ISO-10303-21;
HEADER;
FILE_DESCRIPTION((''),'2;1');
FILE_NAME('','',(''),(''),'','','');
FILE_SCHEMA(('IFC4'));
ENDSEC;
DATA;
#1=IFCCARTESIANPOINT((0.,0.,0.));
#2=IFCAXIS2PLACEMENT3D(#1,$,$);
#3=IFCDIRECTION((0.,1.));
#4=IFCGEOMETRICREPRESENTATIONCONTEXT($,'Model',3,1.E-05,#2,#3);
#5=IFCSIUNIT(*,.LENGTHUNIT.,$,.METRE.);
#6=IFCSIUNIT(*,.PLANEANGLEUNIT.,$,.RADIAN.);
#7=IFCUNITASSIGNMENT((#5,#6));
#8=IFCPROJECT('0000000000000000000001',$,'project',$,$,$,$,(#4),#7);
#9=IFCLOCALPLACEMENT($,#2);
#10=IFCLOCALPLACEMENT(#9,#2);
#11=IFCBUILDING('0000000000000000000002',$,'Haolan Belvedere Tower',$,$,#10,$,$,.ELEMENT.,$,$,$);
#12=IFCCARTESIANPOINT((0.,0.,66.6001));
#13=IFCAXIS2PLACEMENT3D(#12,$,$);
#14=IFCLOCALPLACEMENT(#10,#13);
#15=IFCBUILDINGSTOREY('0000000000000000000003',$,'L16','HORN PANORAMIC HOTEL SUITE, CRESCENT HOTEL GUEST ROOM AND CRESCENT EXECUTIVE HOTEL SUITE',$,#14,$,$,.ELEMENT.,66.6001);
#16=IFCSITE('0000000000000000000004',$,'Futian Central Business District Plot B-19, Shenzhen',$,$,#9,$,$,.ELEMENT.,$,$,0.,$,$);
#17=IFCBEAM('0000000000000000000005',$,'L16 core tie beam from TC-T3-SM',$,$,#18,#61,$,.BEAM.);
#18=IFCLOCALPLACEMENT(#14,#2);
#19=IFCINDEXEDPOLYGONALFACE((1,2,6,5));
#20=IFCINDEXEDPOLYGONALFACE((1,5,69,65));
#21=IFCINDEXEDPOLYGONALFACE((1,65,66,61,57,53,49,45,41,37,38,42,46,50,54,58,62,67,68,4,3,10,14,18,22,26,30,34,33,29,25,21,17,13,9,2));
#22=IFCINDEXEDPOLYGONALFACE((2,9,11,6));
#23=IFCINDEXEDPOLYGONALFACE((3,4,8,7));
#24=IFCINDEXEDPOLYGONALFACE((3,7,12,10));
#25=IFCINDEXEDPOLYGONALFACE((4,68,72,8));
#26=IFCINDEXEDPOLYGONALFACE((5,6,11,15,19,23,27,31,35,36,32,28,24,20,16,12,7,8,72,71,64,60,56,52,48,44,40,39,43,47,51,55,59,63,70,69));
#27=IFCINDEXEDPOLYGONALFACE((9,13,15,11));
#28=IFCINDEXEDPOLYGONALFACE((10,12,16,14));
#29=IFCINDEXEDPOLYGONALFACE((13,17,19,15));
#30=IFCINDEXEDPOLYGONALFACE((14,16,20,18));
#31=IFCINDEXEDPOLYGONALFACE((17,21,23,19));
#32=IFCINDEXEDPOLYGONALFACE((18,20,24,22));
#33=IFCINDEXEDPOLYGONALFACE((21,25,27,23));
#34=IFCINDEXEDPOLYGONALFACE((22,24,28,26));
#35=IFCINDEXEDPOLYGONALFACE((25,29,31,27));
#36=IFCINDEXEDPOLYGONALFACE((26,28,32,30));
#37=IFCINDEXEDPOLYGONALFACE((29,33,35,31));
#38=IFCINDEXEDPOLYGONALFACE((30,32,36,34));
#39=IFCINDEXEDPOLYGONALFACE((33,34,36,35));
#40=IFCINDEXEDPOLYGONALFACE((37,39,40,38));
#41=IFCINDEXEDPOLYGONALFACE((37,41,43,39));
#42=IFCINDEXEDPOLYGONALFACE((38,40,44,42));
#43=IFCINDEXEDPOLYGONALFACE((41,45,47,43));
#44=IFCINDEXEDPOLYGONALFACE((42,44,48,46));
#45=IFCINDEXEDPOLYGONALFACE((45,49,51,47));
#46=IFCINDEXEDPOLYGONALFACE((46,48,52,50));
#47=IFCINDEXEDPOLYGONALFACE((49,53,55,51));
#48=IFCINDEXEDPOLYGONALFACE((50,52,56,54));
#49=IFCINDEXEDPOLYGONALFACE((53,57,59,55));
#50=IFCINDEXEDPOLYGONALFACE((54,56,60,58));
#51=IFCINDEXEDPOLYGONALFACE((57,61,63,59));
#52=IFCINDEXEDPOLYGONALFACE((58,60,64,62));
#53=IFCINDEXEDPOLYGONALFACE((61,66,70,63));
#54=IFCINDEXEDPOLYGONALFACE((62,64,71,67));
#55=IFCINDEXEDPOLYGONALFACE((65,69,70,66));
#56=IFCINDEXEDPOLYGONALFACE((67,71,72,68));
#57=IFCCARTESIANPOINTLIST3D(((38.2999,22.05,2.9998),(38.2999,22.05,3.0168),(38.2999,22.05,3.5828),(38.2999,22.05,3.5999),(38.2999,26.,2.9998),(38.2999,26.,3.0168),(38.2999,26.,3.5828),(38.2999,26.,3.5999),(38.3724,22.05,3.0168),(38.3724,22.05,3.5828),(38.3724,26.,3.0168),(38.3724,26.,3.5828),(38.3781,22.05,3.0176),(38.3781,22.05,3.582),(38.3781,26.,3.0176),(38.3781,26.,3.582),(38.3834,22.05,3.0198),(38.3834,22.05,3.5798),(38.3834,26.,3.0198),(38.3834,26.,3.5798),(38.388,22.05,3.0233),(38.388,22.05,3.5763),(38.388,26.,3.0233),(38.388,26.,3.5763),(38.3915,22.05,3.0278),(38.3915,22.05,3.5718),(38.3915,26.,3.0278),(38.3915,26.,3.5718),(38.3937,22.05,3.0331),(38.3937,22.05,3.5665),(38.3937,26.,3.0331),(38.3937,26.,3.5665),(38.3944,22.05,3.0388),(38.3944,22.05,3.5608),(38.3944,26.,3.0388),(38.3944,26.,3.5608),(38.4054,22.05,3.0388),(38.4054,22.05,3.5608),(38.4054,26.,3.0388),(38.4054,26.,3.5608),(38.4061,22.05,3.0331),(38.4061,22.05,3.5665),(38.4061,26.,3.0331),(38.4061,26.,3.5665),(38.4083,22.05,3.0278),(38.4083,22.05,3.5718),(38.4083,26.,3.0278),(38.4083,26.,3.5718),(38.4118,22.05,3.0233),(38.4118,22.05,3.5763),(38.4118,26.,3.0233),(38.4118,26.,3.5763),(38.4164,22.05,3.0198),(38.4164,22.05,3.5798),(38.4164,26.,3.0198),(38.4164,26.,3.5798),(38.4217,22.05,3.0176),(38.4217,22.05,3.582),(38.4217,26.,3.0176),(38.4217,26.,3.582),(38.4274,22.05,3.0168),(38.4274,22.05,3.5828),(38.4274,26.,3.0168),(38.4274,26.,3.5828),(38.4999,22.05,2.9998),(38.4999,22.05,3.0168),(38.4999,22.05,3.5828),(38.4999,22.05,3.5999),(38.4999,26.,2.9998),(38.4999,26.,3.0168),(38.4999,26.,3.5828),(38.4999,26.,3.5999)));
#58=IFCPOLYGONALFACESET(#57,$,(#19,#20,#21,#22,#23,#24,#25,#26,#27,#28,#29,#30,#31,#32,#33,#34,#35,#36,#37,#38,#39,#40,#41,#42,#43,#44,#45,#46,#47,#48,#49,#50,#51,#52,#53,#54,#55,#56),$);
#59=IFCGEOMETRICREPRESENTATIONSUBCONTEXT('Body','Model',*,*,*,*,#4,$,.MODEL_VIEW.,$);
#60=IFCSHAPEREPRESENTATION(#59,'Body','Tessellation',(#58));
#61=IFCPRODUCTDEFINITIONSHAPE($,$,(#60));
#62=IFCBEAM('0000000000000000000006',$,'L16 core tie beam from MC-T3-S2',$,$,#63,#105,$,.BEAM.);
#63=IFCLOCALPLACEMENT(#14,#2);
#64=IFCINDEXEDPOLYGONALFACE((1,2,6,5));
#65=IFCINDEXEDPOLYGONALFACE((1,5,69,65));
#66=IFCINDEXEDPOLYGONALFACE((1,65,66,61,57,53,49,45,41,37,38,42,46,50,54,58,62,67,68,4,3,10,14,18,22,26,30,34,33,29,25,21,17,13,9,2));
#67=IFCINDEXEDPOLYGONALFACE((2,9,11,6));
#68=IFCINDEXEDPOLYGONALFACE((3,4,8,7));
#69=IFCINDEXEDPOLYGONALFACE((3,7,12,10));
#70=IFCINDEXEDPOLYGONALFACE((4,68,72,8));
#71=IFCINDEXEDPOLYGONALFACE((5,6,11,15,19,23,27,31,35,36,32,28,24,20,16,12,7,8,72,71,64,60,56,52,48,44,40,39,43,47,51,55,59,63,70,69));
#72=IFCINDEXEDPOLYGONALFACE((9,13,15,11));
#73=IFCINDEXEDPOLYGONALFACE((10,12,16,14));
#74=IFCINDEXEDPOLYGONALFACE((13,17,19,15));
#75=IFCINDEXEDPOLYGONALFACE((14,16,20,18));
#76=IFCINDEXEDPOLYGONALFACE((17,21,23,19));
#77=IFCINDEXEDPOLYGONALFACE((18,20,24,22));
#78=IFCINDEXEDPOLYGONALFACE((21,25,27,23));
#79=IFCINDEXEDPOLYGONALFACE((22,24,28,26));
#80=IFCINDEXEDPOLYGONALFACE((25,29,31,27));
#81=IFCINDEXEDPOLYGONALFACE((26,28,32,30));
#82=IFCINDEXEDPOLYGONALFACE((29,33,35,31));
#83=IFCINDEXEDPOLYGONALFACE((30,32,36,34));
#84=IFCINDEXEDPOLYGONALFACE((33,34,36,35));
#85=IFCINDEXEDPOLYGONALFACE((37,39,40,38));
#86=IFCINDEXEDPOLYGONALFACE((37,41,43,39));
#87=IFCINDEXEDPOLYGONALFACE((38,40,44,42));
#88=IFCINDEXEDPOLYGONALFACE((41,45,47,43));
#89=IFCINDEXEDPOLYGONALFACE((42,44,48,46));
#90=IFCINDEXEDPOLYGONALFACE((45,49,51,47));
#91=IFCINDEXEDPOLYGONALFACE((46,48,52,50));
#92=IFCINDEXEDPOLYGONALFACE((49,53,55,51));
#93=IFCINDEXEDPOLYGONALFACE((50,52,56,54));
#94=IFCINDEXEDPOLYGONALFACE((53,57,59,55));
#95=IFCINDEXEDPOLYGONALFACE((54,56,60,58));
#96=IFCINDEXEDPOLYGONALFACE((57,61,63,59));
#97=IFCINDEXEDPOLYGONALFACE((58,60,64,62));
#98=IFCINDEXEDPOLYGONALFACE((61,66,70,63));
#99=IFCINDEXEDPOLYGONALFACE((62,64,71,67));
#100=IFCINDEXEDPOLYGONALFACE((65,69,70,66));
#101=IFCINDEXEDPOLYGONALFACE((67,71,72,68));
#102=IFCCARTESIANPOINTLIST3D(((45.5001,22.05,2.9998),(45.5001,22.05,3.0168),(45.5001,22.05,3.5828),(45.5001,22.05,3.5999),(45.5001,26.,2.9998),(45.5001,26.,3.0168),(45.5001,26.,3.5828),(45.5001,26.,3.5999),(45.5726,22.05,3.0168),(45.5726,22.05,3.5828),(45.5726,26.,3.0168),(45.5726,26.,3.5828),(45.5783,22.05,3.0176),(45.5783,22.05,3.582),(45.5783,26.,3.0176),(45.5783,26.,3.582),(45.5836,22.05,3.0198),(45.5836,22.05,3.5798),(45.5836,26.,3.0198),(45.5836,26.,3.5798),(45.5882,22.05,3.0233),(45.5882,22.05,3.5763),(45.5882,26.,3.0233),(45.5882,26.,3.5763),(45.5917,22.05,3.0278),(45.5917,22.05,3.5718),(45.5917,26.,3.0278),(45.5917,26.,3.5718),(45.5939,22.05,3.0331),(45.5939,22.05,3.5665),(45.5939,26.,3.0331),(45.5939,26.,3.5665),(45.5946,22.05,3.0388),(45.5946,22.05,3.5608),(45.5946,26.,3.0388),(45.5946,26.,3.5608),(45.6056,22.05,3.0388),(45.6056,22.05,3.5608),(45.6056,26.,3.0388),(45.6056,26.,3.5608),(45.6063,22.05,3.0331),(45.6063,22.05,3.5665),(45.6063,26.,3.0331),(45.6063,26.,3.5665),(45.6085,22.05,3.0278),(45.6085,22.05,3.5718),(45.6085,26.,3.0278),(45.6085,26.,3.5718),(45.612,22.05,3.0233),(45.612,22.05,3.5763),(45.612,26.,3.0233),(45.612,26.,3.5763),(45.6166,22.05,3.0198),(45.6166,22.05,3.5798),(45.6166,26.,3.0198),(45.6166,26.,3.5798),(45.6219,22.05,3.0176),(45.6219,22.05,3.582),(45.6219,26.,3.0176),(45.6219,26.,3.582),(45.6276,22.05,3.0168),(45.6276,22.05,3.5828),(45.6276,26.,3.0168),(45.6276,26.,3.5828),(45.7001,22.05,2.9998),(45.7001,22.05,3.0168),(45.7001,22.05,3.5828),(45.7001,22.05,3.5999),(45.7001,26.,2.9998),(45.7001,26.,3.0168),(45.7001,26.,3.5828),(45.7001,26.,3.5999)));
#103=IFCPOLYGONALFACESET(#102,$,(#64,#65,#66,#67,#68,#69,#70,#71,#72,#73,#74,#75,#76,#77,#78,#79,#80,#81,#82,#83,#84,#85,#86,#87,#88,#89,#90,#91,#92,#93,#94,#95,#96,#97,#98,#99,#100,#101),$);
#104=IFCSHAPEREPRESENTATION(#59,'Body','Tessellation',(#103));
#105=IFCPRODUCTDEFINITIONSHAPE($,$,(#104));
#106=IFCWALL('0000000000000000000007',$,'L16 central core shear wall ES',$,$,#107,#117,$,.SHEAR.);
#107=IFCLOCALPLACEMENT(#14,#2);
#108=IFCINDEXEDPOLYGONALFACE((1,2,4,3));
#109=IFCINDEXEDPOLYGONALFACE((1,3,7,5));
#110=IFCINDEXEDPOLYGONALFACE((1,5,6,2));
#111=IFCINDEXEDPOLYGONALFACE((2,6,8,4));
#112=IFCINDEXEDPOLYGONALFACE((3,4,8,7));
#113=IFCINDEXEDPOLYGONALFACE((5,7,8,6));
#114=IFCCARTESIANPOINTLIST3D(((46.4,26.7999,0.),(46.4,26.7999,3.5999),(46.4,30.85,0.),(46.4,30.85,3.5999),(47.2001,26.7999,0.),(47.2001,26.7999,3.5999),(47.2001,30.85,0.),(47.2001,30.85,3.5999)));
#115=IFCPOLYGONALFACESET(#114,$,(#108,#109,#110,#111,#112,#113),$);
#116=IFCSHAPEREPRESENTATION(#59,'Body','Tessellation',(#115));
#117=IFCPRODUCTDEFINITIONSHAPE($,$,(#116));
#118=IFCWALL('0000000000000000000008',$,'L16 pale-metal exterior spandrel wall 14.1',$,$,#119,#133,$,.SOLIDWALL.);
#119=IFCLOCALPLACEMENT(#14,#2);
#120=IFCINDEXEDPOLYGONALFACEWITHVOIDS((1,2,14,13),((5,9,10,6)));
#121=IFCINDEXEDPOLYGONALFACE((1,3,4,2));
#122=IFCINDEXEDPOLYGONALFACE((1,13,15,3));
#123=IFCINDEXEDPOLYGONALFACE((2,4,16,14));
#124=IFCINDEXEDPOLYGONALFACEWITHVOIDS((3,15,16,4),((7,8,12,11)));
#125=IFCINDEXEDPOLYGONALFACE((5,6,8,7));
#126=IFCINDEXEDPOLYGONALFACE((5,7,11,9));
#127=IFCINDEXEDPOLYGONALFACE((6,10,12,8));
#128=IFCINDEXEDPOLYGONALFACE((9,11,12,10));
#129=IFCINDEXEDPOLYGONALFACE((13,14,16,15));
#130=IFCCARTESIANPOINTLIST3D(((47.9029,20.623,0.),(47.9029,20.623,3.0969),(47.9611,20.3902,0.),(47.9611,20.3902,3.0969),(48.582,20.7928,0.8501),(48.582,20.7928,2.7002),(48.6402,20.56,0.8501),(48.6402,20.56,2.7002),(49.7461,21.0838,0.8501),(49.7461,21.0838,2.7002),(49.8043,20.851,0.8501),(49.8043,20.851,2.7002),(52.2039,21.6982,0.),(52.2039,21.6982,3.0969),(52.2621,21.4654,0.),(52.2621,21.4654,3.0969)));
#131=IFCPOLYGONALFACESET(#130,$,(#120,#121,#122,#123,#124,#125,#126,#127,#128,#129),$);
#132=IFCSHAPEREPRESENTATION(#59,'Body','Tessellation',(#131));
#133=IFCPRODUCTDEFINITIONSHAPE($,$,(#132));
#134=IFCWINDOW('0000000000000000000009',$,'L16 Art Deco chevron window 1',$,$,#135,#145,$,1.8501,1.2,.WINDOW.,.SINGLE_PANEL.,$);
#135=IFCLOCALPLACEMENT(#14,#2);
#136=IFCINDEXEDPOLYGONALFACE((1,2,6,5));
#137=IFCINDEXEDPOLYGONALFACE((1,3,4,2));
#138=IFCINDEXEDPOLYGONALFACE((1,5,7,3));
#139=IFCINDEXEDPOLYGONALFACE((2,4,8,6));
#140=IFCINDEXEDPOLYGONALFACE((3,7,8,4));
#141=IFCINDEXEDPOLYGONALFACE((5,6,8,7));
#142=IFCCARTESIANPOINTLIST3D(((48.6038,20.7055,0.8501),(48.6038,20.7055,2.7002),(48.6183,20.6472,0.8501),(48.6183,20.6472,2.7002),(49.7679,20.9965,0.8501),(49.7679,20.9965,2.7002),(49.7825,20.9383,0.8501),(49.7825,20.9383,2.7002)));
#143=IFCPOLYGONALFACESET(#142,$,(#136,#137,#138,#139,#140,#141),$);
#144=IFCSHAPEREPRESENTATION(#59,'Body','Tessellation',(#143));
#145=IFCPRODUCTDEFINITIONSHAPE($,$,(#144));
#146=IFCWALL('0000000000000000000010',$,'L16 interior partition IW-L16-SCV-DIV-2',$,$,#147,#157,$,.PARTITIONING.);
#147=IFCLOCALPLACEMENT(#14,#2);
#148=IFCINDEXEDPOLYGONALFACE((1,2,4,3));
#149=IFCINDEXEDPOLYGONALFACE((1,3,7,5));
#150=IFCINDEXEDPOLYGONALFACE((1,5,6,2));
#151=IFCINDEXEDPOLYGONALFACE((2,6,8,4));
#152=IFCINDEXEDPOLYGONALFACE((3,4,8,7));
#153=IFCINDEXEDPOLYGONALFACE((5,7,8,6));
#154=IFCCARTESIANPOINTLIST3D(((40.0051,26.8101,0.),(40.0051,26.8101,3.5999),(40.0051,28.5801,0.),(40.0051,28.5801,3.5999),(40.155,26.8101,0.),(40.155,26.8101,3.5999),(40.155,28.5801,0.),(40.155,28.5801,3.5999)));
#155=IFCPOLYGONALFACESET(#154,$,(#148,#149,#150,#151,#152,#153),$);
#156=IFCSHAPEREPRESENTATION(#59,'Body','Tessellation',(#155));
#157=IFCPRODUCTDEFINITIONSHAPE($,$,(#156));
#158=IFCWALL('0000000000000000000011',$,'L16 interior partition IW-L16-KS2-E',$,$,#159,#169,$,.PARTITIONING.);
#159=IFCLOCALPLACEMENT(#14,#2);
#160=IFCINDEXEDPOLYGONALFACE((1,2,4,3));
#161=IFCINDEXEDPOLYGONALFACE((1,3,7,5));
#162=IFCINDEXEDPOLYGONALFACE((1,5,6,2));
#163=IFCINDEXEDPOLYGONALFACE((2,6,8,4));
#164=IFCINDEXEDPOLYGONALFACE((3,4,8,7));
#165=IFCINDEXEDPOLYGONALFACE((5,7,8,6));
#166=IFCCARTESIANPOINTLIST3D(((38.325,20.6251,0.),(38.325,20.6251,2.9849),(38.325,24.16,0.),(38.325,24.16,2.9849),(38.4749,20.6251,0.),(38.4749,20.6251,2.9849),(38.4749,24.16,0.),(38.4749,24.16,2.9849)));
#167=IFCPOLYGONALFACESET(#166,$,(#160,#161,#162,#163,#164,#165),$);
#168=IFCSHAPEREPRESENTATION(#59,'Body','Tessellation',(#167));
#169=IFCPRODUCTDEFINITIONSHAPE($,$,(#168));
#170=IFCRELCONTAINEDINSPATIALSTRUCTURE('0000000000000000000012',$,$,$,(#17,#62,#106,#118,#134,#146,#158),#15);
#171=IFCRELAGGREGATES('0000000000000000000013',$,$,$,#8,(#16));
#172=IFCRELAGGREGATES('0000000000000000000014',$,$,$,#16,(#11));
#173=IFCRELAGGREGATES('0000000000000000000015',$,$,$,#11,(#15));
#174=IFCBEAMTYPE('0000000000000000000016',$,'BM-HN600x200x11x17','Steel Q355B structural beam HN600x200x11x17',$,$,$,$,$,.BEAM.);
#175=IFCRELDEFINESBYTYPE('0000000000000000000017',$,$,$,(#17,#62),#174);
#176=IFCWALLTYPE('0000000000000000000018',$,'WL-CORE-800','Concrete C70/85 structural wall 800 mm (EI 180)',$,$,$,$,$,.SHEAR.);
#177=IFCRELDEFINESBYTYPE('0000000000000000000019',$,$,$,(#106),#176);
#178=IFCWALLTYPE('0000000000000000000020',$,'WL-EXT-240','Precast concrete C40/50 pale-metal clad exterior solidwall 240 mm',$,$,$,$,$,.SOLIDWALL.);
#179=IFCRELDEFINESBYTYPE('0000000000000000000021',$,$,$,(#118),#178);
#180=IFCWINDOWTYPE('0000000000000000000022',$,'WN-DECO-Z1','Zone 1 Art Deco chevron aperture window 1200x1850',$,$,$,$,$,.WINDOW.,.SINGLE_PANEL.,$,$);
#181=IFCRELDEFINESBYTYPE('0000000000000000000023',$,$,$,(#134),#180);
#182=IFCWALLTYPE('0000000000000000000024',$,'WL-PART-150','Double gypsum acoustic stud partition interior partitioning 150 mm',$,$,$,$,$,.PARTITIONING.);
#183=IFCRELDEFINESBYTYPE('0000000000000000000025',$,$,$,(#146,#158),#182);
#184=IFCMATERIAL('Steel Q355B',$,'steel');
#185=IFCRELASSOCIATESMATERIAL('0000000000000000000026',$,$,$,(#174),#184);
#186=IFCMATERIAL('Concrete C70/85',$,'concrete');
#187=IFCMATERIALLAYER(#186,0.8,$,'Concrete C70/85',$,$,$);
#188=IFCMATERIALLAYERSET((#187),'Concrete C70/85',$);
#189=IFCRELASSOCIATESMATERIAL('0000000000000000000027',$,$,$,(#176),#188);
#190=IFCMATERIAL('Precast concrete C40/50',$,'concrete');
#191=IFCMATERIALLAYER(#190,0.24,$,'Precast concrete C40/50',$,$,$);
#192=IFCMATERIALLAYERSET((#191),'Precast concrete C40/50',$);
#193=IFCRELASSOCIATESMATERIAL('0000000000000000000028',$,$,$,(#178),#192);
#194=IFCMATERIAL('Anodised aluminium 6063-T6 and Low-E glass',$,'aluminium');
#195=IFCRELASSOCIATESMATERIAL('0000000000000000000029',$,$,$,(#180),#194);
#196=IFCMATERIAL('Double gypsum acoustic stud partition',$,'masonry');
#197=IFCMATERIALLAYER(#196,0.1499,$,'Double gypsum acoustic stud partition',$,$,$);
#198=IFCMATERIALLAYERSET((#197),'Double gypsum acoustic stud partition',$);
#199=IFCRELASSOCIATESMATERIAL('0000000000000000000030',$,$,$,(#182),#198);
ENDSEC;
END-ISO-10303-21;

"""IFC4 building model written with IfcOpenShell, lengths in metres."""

from ifc_helpers import new_model, si_unit, direction, frame, frame_2d, origin, origin_2d, place, context, subcontext, project, spatial, rectangle, i_section, extrude, material, layer, layer_set, material_profile, profile_set, type_object, element, fill, save


model = new_model("IFC4")

# Units and contexts
model_context = context("Model", 3, precision=1e-05, world=origin(), true_north=direction((0.0, 1.0)))
body_context = subcontext(model_context, "Body", "Model", "MODEL_VIEW")
ifc_project = project(units=[si_unit("LENGTHUNIT", "METRE"), si_unit("PLANEANGLEUNIT", "RADIAN")], contexts=[model_context])

# Site, building, storey
site_placement = place(None, origin())
site = spatial("IfcSite", under=ifc_project, at=site_placement, Name="Futian Central Business District Plot B-19, Shenzhen", CompositionType="ELEMENT", RefElevation=0.0)
building_placement = place(site_placement, origin())
building = spatial("IfcBuilding", under=site, at=building_placement, Name="Haolan Belvedere Tower", CompositionType="ELEMENT")
storey_placement = place(building_placement, frame((0.0, 0.0, 66.6001)))
storey = spatial("IfcBuildingStorey", under=building, at=storey_placement, Name="L16", Description="HORN PANORAMIC HOTEL SUITE, CRESCENT HOTEL GUEST ROOM AND CRESCENT EXECUTIVE HOTEL SUITE", CompositionType="ELEMENT", Elevation=66.6001)

# Shared definitions
ifc_material_1 = material(Name="Steel Q355B", Category="steel")

# Beams
ifc_material_profile_1 = material_profile(ifc_material_1, i_section(OverallWidth=0.2, OverallDepth=0.6001, WebThickness=0.011, FlangeThickness=0.0171, FilletRadius=0.022, at=origin_2d()), Name="Steel Q355B")
ifc_profile_set_1 = profile_set([ifc_material_profile_1], Name="Steel Q355B")
beam_type_1 = type_object("IfcBeamType", Name="BM-HN600x200x11x17", Description="Steel Q355B structural beam HN600x200x11x17", PredefinedType="BEAM", material=ifc_profile_set_1)
for number, where, z_axis, x_axis, name in (
    (1, (38.3999, 22.05, 3.2998), (0.0, 1.0, 0.0), (-1.0, 0.0, 0.0), "L16 core tie beam from TC-T3-SM"),
    (2, (45.6001, 22.05, 3.2998), (0.0, 1.0, 0.0), (-1.0, 0.0, 0.0), "L16 core tie beam from MC-T3-S2"),
):
    element("IfcBeam", number, at=place(storey_placement, frame(where, z_axis=z_axis, x_axis=x_axis)), inside=storey, type_object=beam_type_1, Name=name, PredefinedType="BEAM", context=body_context, shape_type="SweptSolid", body=[
        extrude(i_section(OverallWidth=0.2, OverallDepth=0.6001, WebThickness=0.011, FlangeThickness=0.0171, FilletRadius=0.022, at=origin_2d()), origin(), (0.0, 0.0, 1.0), 3.95),
    ])

# Wall
ifc_material_2 = material(Name="Concrete C70/85", Category="concrete")
ifc_layer_1 = layer(ifc_material_2, 0.8, Name="Concrete C70/85")
ifc_layer_set_1 = layer_set([ifc_layer_1], Name="Concrete C70/85")
wall_type_1 = type_object("IfcWallType", Name="WL-CORE-800", Description="Concrete C70/85 structural wall 800 mm (EI 180)", PredefinedType="SHEAR", material=ifc_layer_set_1)
wall_1_placement = place(storey_placement, frame((46.8, 26.8, 0.0), z_axis=(0.0, 0.0, 1.0), x_axis=(0.0, 1.0, 0.0)))
element("IfcWall", 3, at=wall_1_placement, inside=storey, type_object=wall_type_1, Name="L16 central core shear wall ES", PredefinedType="SHEAR", context=body_context, shape_type="SweptSolid", body=[
    extrude(rectangle(XDim=4.05, YDim=0.8, at=frame_2d((2.0249, 0.0))), origin(), (0.0, 0.0, 1.0), 3.5999),
])

# Wall, opening, window
ifc_material_3 = material(Name="Precast concrete C40/50", Category="concrete")
ifc_layer_2 = layer(ifc_material_3, 0.24, Name="Precast concrete C40/50")
ifc_layer_set_2 = layer_set([ifc_layer_2], Name="Precast concrete C40/50")
wall_type_2 = type_object("IfcWallType", Name="WL-EXT-240", Description="Precast concrete C40/50 pale-metal clad exterior solidwall 240 mm", PredefinedType="SOLIDWALL", material=ifc_layer_set_2)
wall_2_placement = place(storey_placement, frame((47.9319, 20.5066, 0.0), z_axis=(0.0, 0.0, 1.0), x_axis=(0.970146, 0.242523, 0.0)))
wall_2 = element("IfcWall", 4, at=wall_2_placement, inside=storey, type_object=wall_type_2, Name="L16 pale-metal exterior spandrel wall 14.1", PredefinedType="SOLIDWALL", context=body_context, shape_type="SweptSolid", body=[
    extrude(rectangle(XDim=4.4333, YDim=0.24, at=frame_2d((2.2168, 0.0))), origin(), (0.0, 0.0, 1.0), 3.0969),
])
opening_1_placement = place(wall_2_placement, frame((0.7, 0.0, 0.8501)))
opening_1 = element("IfcOpeningElement", 5, at=opening_1_placement, cuts=wall_2, PredefinedType="OPENING", context=body_context, shape_type="SweptSolid", body=[
    extrude(rectangle(XDim=1.2, YDim=1.8501, at=frame_2d((0.6001, 0.925))), frame((0.0, 0.1299, 0.0), z_axis=(0.0, -1.0, 0.0), x_axis=(1.0, 0.0, 0.0)), (0.0, 0.0, 1.0), 0.26),
])
ifc_material_4 = material(Name="Anodised aluminium 6063-T6 and Low-E glass", Category="aluminium")
window_type = type_object("IfcWindowType", Name="WN-DECO-Z1", Description="Zone 1 Art Deco chevron aperture window 1200x1850", PartitioningType="SINGLE_PANEL", PredefinedType="WINDOW", material=ifc_material_4)
window_placement = place(opening_1_placement, origin())
window = element("IfcWindow", 6, at=window_placement, inside=storey, type_object=window_type, Name="L16 Art Deco chevron window 1", OverallHeight=1.8501, OverallWidth=1.2, PartitioningType="SINGLE_PANEL", PredefinedType="WINDOW", context=body_context, shape_type="SweptSolid", body=[
    extrude(rectangle(XDim=1.2, YDim=1.8501, at=frame_2d((0.6001, 0.925))), frame((0.0, 0.03, 0.0), z_axis=(0.0, -1.0, 0.0), x_axis=(1.0, 0.0, 0.0)), (0.0, 0.0, 1.0), 0.0601),
])
fill(opening_1, window)

# Walls
ifc_material_5 = material(Name="Double gypsum acoustic stud partition", Category="masonry")
ifc_layer_3 = layer(ifc_material_5, 0.1499, Name="Double gypsum acoustic stud partition")
ifc_layer_set_3 = layer_set([ifc_layer_3], Name="Double gypsum acoustic stud partition")
wall_type_3 = type_object("IfcWallType", Name="WL-PART-150", Description="Double gypsum acoustic stud partition interior partitioning 150 mm", PredefinedType="PARTITIONING", material=ifc_layer_set_3)
wall_3_placement = place(storey_placement, frame((40.0801, 26.8101, 0.0), z_axis=(0.0, 0.0, 1.0), x_axis=(0.0, 1.0, 0.0)))
element("IfcWall", 7, at=wall_3_placement, inside=storey, type_object=wall_type_3, Name="L16 interior partition IW-L16-SCV-DIV-2", PredefinedType="PARTITIONING", context=body_context, shape_type="SweptSolid", body=[
    extrude(rectangle(XDim=1.77, YDim=0.1499, at=frame_2d((0.885, 0.0))), origin(), (0.0, 0.0, 1.0), 3.5999),
])
wall_4_placement = place(storey_placement, frame((38.3999, 20.625, 0.0), z_axis=(0.0, 0.0, 1.0), x_axis=(0.0, 1.0, 0.0)))
element("IfcWall", 8, at=wall_4_placement, inside=storey, type_object=wall_type_3, Name="L16 interior partition IW-L16-KS2-E", PredefinedType="PARTITIONING", context=body_context, shape_type="SweptSolid", body=[
    extrude(rectangle(XDim=3.5349, YDim=0.1499, at=frame_2d((1.7676, 0.0))), origin(), (0.0, 0.0, 1.0), 2.9849),
])

save(model, "model.ifc")
